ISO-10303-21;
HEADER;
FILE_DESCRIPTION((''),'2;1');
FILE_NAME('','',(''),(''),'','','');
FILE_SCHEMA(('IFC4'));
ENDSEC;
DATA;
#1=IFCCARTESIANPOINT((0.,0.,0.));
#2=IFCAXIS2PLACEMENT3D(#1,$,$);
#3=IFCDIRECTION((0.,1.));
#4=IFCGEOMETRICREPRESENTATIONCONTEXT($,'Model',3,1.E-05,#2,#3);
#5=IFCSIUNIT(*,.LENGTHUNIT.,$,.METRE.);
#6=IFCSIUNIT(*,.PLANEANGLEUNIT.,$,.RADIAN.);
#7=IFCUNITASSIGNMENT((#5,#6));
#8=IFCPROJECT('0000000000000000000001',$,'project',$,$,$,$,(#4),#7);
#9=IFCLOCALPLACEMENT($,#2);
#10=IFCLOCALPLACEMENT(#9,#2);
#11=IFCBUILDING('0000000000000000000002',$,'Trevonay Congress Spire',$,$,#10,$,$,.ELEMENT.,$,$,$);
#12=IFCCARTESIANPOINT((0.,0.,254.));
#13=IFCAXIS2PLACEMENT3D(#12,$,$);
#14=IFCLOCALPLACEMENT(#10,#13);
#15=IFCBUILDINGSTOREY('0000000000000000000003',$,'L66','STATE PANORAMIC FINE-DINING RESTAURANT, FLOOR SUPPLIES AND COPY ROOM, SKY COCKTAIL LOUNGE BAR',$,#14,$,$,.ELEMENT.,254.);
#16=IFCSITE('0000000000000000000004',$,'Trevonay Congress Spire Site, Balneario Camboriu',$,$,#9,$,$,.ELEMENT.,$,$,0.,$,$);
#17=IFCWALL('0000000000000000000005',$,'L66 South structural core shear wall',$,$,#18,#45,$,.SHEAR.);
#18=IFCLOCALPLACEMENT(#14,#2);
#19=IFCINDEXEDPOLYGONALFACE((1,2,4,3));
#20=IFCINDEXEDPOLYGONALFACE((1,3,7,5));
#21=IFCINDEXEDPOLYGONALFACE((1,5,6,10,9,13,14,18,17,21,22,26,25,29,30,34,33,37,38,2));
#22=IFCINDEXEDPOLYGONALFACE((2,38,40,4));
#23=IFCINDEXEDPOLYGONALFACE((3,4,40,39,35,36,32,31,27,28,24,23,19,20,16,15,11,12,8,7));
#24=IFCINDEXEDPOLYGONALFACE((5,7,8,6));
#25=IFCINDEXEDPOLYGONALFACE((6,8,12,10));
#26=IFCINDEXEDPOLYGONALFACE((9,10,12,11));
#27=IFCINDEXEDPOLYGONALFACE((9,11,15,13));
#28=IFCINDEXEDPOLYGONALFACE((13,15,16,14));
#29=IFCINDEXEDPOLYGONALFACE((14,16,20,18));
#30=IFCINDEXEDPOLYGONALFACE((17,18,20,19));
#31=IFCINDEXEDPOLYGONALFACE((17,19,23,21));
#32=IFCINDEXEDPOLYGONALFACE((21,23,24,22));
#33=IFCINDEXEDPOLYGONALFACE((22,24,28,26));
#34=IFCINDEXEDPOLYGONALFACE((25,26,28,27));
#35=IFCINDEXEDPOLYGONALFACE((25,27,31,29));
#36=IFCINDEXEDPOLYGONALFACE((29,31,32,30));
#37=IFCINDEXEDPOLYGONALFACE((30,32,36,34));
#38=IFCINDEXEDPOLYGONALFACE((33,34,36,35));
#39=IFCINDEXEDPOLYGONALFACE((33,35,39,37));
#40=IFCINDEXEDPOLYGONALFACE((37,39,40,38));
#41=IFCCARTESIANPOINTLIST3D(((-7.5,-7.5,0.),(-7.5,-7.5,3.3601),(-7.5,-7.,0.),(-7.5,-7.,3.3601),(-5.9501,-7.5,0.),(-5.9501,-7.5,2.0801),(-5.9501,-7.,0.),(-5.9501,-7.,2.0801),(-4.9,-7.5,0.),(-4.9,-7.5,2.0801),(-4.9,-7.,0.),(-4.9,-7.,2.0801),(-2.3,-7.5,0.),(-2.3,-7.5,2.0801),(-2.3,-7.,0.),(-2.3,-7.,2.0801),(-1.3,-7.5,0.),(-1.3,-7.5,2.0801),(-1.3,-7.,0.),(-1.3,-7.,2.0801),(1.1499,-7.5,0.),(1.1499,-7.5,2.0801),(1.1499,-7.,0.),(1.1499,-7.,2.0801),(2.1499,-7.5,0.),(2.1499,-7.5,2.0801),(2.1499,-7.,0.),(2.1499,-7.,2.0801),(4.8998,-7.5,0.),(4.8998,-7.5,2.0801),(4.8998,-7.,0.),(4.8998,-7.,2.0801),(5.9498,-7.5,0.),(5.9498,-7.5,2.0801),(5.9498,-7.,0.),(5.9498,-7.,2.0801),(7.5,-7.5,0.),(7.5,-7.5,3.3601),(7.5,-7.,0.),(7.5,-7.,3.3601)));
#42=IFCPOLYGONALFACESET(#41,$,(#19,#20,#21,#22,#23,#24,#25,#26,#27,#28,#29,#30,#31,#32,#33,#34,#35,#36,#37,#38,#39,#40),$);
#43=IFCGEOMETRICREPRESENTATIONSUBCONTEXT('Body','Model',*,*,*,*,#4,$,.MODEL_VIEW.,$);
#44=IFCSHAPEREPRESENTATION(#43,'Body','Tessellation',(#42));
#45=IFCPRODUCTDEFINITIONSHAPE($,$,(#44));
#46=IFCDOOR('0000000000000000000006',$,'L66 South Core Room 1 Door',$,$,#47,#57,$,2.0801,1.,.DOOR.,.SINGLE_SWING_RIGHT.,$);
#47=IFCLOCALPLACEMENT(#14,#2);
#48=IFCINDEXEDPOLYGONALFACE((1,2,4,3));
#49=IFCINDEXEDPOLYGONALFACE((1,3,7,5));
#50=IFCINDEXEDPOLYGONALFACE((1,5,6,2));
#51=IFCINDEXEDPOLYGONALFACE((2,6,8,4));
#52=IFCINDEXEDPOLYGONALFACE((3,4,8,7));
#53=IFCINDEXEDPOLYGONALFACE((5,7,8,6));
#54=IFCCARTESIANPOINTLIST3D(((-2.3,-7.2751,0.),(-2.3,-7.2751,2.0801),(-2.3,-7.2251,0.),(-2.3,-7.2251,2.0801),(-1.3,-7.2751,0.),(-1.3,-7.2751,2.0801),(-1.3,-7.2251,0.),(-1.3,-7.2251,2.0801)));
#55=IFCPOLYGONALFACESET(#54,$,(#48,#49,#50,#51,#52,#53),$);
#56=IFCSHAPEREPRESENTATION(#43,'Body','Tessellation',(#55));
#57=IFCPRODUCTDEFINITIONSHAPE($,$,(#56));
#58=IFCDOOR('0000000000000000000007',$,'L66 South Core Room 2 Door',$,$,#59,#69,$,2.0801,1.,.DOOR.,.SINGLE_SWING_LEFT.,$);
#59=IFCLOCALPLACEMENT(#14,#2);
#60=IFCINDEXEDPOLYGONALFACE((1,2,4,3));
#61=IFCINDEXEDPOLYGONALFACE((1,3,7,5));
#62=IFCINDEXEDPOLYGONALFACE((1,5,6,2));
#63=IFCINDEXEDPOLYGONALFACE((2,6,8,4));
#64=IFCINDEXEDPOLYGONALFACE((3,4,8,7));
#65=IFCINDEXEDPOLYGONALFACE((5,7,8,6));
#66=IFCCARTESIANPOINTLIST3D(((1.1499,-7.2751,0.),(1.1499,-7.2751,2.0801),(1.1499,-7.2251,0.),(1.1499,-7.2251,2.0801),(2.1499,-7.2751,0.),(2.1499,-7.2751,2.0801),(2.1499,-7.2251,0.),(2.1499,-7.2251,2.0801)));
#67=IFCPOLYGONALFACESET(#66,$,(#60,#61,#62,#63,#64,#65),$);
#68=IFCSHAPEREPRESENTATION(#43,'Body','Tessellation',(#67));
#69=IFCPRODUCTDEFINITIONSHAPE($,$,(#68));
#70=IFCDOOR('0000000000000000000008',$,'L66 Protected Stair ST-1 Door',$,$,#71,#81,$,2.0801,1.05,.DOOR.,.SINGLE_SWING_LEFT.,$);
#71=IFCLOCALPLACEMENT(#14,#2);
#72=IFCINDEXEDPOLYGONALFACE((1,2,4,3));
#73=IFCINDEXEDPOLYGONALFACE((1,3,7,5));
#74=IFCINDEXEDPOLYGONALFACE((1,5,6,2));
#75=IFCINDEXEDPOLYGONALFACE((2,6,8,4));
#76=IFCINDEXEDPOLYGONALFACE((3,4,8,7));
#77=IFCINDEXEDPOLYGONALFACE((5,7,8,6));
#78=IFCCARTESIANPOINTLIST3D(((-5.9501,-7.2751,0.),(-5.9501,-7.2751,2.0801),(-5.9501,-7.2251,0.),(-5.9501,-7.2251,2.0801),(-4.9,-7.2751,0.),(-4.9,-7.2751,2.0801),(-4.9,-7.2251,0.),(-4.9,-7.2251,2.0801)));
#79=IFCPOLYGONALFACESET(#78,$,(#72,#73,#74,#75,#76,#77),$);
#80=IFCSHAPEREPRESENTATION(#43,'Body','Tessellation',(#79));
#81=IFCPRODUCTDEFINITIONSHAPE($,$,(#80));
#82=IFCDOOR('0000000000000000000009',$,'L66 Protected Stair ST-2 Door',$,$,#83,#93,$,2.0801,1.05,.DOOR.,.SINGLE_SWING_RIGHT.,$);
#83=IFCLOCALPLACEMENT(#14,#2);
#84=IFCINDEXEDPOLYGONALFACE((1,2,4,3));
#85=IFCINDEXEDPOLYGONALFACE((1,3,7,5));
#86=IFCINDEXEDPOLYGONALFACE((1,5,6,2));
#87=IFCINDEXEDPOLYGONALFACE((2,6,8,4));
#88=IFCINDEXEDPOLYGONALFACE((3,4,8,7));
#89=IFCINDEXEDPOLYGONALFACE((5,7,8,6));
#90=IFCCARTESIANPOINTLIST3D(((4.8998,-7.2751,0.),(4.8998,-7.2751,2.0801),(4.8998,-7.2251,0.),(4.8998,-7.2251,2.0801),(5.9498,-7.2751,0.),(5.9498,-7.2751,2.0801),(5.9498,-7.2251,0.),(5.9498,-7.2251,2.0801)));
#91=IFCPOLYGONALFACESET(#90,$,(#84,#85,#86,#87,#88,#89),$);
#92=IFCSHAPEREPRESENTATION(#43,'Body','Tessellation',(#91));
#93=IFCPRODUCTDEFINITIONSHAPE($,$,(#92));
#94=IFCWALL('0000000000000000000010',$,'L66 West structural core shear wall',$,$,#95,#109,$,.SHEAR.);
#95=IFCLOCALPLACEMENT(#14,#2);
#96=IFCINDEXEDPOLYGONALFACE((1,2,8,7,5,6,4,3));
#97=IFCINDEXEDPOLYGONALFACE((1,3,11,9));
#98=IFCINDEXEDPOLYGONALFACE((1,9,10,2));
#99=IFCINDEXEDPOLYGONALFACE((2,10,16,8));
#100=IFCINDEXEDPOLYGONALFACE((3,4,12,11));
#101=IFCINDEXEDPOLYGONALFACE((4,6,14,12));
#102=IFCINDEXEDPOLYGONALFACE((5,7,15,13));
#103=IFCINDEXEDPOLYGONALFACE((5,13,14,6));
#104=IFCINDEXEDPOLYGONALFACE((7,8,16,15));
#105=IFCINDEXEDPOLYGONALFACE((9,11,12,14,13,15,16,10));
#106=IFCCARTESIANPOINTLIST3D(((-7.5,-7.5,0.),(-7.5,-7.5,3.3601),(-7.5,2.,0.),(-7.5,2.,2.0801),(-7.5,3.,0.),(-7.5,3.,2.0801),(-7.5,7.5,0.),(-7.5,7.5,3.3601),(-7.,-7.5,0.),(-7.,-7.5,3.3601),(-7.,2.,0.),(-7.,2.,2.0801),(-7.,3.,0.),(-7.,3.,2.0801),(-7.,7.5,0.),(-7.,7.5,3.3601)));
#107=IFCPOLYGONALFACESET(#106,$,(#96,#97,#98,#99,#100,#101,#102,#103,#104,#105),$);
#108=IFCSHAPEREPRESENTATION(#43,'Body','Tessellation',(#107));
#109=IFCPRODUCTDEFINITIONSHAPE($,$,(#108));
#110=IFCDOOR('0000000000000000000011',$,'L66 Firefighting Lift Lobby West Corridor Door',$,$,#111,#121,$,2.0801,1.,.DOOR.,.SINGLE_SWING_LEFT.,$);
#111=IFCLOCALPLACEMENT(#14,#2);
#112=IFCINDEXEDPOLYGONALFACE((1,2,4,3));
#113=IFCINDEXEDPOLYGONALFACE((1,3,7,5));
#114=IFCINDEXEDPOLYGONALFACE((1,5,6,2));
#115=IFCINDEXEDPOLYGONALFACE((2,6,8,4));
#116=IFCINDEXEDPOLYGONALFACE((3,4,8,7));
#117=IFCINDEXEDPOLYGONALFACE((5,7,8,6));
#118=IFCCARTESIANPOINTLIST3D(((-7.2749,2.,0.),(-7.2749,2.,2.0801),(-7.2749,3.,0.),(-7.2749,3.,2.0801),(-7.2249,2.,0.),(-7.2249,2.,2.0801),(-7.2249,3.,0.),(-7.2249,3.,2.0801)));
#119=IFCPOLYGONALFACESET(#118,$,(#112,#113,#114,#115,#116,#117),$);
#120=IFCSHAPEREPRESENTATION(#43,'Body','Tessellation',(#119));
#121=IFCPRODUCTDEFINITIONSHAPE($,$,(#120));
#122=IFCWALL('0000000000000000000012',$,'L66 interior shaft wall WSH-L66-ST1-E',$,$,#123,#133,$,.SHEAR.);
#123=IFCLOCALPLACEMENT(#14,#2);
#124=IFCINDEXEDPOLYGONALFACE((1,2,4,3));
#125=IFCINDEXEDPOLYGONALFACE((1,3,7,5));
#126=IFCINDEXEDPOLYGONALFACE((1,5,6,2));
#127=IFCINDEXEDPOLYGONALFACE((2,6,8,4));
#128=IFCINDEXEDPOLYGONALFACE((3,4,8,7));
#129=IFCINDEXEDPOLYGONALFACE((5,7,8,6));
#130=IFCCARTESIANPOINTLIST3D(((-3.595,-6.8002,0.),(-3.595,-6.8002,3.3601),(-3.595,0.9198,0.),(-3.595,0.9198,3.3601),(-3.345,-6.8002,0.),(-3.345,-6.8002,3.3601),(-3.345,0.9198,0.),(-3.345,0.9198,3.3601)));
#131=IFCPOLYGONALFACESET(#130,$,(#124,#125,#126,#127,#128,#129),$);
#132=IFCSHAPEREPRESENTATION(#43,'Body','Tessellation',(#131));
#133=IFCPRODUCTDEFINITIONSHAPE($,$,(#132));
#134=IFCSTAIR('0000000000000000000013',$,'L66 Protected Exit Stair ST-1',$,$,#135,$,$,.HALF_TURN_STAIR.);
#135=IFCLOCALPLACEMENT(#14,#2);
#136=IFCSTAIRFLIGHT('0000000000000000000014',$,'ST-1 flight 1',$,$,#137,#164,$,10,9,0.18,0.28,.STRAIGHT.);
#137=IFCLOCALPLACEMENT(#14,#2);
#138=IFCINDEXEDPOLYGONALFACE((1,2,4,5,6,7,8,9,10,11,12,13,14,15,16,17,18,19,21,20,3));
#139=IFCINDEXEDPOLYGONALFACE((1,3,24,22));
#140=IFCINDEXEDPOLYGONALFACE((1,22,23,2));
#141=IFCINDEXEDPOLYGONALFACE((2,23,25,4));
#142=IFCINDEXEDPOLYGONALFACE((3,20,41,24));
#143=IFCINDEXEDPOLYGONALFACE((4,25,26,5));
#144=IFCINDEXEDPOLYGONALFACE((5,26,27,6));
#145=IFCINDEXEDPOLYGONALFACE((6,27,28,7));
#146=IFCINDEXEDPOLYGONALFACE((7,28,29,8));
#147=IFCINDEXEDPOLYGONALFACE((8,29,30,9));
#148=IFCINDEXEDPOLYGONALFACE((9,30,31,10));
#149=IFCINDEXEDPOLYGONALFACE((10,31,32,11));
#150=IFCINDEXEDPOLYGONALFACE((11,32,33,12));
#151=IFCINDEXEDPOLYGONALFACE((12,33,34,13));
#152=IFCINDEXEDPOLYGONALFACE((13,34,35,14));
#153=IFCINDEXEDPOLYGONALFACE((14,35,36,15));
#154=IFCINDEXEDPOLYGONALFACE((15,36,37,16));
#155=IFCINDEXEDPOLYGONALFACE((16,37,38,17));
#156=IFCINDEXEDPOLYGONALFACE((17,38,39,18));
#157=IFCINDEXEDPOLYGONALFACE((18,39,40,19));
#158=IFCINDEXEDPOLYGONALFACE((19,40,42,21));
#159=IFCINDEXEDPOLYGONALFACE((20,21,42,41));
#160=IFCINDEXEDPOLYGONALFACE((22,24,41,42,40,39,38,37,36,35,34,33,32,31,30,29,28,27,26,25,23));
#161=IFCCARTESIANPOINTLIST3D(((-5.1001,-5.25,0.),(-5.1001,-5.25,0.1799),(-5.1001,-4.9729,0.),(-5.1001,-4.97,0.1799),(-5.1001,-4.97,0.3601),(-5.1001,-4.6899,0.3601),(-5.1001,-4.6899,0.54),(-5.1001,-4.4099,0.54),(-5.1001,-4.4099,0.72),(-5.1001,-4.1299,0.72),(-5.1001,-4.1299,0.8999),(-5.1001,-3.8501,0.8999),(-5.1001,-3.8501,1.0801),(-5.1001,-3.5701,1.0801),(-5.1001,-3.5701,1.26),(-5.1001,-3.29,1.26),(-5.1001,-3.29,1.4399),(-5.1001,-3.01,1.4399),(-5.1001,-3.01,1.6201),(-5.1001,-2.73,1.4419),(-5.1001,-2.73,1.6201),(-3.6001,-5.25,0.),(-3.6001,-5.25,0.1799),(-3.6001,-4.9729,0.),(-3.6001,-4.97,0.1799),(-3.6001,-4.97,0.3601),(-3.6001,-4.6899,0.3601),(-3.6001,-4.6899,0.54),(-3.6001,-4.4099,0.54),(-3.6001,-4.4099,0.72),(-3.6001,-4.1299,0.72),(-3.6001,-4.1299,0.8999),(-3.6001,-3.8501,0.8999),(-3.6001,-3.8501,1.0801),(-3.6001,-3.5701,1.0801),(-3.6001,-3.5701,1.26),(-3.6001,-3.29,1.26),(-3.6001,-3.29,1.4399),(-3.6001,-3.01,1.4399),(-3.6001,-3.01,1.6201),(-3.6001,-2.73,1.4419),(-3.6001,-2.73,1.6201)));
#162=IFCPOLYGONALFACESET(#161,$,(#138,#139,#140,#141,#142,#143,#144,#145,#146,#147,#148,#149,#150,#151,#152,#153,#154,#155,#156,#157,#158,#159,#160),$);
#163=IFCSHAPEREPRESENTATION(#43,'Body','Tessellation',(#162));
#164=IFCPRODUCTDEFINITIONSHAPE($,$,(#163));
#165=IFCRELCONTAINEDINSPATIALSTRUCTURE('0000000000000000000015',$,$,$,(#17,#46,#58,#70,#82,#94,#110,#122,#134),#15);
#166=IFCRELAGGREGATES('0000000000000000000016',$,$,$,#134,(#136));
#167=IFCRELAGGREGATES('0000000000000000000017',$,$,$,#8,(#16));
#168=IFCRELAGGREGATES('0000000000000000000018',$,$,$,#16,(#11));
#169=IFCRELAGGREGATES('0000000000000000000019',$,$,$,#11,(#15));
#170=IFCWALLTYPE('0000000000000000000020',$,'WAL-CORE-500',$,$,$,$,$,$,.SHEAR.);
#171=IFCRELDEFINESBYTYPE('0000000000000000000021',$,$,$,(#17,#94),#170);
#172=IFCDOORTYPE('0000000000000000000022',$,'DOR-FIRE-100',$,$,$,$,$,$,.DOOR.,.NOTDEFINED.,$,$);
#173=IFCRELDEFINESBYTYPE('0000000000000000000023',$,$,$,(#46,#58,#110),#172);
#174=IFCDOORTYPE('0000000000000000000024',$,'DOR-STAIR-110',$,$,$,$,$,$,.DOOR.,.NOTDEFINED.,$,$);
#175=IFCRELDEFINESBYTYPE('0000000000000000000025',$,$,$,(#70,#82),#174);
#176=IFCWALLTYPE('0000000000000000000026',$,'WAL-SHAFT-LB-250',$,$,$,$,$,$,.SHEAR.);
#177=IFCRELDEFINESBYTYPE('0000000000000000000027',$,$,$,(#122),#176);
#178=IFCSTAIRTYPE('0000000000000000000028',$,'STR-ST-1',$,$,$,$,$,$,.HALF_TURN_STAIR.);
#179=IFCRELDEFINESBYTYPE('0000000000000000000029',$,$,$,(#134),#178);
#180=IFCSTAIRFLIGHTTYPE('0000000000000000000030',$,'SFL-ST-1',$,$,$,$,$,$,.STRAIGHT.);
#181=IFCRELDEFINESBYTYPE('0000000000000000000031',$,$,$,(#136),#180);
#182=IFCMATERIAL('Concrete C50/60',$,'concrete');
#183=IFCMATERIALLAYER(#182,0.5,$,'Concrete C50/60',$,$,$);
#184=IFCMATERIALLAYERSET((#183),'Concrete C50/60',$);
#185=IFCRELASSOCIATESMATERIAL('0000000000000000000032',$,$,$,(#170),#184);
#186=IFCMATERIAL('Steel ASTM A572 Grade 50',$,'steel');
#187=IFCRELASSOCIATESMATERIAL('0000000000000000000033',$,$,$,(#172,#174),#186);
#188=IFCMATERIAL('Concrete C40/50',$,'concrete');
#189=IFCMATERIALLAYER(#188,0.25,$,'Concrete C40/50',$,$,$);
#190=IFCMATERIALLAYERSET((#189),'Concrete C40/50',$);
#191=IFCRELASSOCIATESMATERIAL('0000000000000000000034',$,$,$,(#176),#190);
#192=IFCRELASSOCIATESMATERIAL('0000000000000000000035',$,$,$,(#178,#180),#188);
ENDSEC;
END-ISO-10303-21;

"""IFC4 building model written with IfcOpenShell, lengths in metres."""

from ifc_helpers import new_model, si_unit, direction, frame, frame_2d, origin, place, context, subcontext, project, spatial, polyline, rectangle, outline, extrude, material, layer, layer_set, type_object, element, fill, aggregate, save


model = new_model("IFC4")

# Units and contexts
model_context = context("Model", 3, precision=1e-05, world=origin(), true_north=direction((0.0, 1.0)))
body_context = subcontext(model_context, "Body", "Model", "MODEL_VIEW")
ifc_project = project(units=[si_unit("LENGTHUNIT", "METRE"), si_unit("PLANEANGLEUNIT", "RADIAN")], contexts=[model_context])

# Site, building, storey
site_placement = place(None, origin())
site = spatial("IfcSite", under=ifc_project, at=site_placement, Name="Trevonay Congress Spire Site, Balneario Camboriu", CompositionType="ELEMENT", RefElevation=0.0)
building_placement = place(site_placement, origin())
building = spatial("IfcBuilding", under=site, at=building_placement, Name="Trevonay Congress Spire", CompositionType="ELEMENT")
storey_placement = place(building_placement, frame((0.0, 0.0, 254.0)))
storey = spatial("IfcBuildingStorey", under=building, at=storey_placement, Name="L66", Description="STATE PANORAMIC FINE-DINING RESTAURANT, FLOOR SUPPLIES AND COPY ROOM, SKY COCKTAIL LOUNGE BAR", CompositionType="ELEMENT", Elevation=254.0)

# Shared definitions
ifc_material_1 = material(Name="Steel ASTM A572 Grade 50", Category="steel")

# Wall, openings, doors
ifc_material_2 = material(Name="Concrete C50/60", Category="concrete")
ifc_layer_1 = layer(ifc_material_2, 0.5, Name="Concrete C50/60")
ifc_layer_set_1 = layer_set([ifc_layer_1], Name="Concrete C50/60")
wall_type_1 = type_object("IfcWallType", Name="WAL-CORE-500", PredefinedType="SHEAR", material=ifc_layer_set_1)
wall_1_placement = place(storey_placement, frame((-7.5, -7.25, 0.0), z_axis=(0.0, 0.0, 1.0), x_axis=(1.0, 0.0, 0.0)))
wall_1 = element("IfcWall", 1, at=wall_1_placement, inside=storey, type_object=wall_type_1, Name="L66 South structural core shear wall", PredefinedType="SHEAR", context=body_context, shape_type="SweptSolid", body=[
    extrude(rectangle(XDim=15.0, YDim=0.5, at=frame_2d((7.5, 0.0))), origin(), (0.0, 0.0, 1.0), 3.3601),
])
opening_1_placement = place(wall_1_placement, frame((1.55, 0.0, 0.0)))
opening_1 = element("IfcOpeningElement", 2, at=opening_1_placement, cuts=wall_1, PredefinedType="OPENING", context=body_context, shape_type="SweptSolid", body=[
    extrude(rectangle(XDim=1.05, YDim=2.0801, at=frame_2d((0.5249, 1.04))), frame((0.0, 0.26, 0.0), z_axis=(0.0, -1.0, 0.0), x_axis=(1.0, 0.0, 0.0)), (0.0, 0.0, 1.0), 0.52),
])
opening_2_placement = place(wall_1_placement, frame((12.3999, 0.0, 0.0)))
opening_2 = element("IfcOpeningElement", 3, at=opening_2_placement, cuts=wall_1, PredefinedType="OPENING", context=body_context, shape_type="SweptSolid", body=[
    extrude(rectangle(XDim=1.05, YDim=2.0801, at=frame_2d((0.5249, 1.04))), frame((0.0, 0.26, 0.0), z_axis=(0.0, -1.0, 0.0), x_axis=(1.0, 0.0, 0.0)), (0.0, 0.0, 1.0), 0.52),
])
opening_3_placement = place(wall_1_placement, frame((5.2, 0.0, 0.0)))
opening_3 = element("IfcOpeningElement", 4, at=opening_3_placement, cuts=wall_1, PredefinedType="OPENING", context=body_context, shape_type="SweptSolid", body=[
    extrude(rectangle(XDim=1.0, YDim=2.0801, at=frame_2d((0.5, 1.04))), frame((0.0, 0.26, 0.0), z_axis=(0.0, -1.0, 0.0), x_axis=(1.0, 0.0, 0.0)), (0.0, 0.0, 1.0), 0.52),
])
opening_4_placement = place(wall_1_placement, frame((8.6499, 0.0, 0.0)))
opening_4 = element("IfcOpeningElement", 5, at=opening_4_placement, cuts=wall_1, PredefinedType="OPENING", context=body_context, shape_type="SweptSolid", body=[
    extrude(rectangle(XDim=1.0, YDim=2.0801, at=frame_2d((0.5, 1.04))), frame((0.0, 0.26, 0.0), z_axis=(0.0, -1.0, 0.0), x_axis=(1.0, 0.0, 0.0)), (0.0, 0.0, 1.0), 0.52),
])
door_type_1 = type_object("IfcDoorType", Name="DOR-FIRE-100", OperationType="NOTDEFINED", PredefinedType="DOOR", material=ifc_material_1)
door_1_placement = place(opening_3_placement, origin())
door_1 = element("IfcDoor", 6, at=door_1_placement, inside=storey, type_object=door_type_1, Name="L66 South Core Room 1 Door", OperationType="SINGLE_SWING_RIGHT", OverallHeight=2.0801, OverallWidth=1.0, PredefinedType="DOOR", context=body_context, shape_type="SweptSolid", body=[
    extrude(rectangle(XDim=1.0, YDim=2.0801, at=frame_2d((0.5, 1.04))), frame((0.0, 0.0249, 0.0), z_axis=(0.0, -1.0, 0.0), x_axis=(1.0, 0.0, 0.0)), (0.0, 0.0, 1.0), 0.05),
])
fill(opening_3, door_1)
door_2_placement = place(opening_4_placement, origin())
door_2 = element("IfcDoor", 7, at=door_2_placement, inside=storey, type_object=door_type_1, Name="L66 South Core Room 2 Door", OperationType="SINGLE_SWING_LEFT", OverallHeight=2.0801, OverallWidth=1.0, PredefinedType="DOOR", context=body_context, shape_type="SweptSolid", body=[
    extrude(rectangle(XDim=1.0, YDim=2.0801, at=frame_2d((0.5, 1.04))), frame((0.0, 0.0249, 0.0), z_axis=(0.0, -1.0, 0.0), x_axis=(1.0, 0.0, 0.0)), (0.0, 0.0, 1.0), 0.05),
])
fill(opening_4, door_2)
door_type_2 = type_object("IfcDoorType", Name="DOR-STAIR-110", OperationType="NOTDEFINED", PredefinedType="DOOR", material=ifc_material_1)
door_3_placement = place(opening_1_placement, origin())
door_3 = element("IfcDoor", 8, at=door_3_placement, inside=storey, type_object=door_type_2, Name="L66 Protected Stair ST-1 Door", OperationType="SINGLE_SWING_LEFT", OverallHeight=2.0801, OverallWidth=1.05, PredefinedType="DOOR", context=body_context, shape_type="SweptSolid", body=[
    extrude(rectangle(XDim=1.05, YDim=2.0801, at=frame_2d((0.5249, 1.04))), frame((0.0, 0.0249, 0.0), z_axis=(0.0, -1.0, 0.0), x_axis=(1.0, 0.0, 0.0)), (0.0, 0.0, 1.0), 0.05),
])
fill(opening_1, door_3)
door_4_placement = place(opening_2_placement, origin())
door_4 = element("IfcDoor", 9, at=door_4_placement, inside=storey, type_object=door_type_2, Name="L66 Protected Stair ST-2 Door", OperationType="SINGLE_SWING_RIGHT", OverallHeight=2.0801, OverallWidth=1.05, PredefinedType="DOOR", context=body_context, shape_type="SweptSolid", body=[
    extrude(rectangle(XDim=1.05, YDim=2.0801, at=frame_2d((0.5249, 1.04))), frame((0.0, 0.0249, 0.0), z_axis=(0.0, -1.0, 0.0), x_axis=(1.0, 0.0, 0.0)), (0.0, 0.0, 1.0), 0.05),
])
fill(opening_2, door_4)

# Wall, opening, door
wall_2_placement = place(storey_placement, frame((-7.25, -7.5, 0.0), z_axis=(0.0, 0.0, 1.0), x_axis=(0.0, 1.0, 0.0)))
wall_2 = element("IfcWall", 10, at=wall_2_placement, inside=storey, type_object=wall_type_1, Name="L66 West structural core shear wall", PredefinedType="SHEAR", context=body_context, shape_type="SweptSolid", body=[
    extrude(rectangle(XDim=15.0, YDim=0.5, at=frame_2d((7.5, 0.0))), origin(), (0.0, 0.0, 1.0), 3.3601),
])
opening_5_placement = place(wall_2_placement, frame((9.5, 0.0, 0.0)))
opening_5 = element("IfcOpeningElement", 11, at=opening_5_placement, cuts=wall_2, PredefinedType="OPENING", context=body_context, shape_type="SweptSolid", body=[
    extrude(rectangle(XDim=1.0, YDim=2.0801, at=frame_2d((0.5, 1.04))), frame((0.0, 0.26, 0.0), z_axis=(0.0, -1.0, 0.0), x_axis=(1.0, 0.0, 0.0)), (0.0, 0.0, 1.0), 0.52),
])
door_5_placement = place(opening_5_placement, origin())
door_5 = element("IfcDoor", 12, at=door_5_placement, inside=storey, type_object=door_type_1, Name="L66 Firefighting Lift Lobby West Corridor Door", OperationType="SINGLE_SWING_LEFT", OverallHeight=2.0801, OverallWidth=1.0, PredefinedType="DOOR", context=body_context, shape_type="SweptSolid", body=[
    extrude(rectangle(XDim=1.0, YDim=2.0801, at=frame_2d((0.5, 1.04))), frame((0.0, 0.0249, 0.0), z_axis=(0.0, -1.0, 0.0), x_axis=(1.0, 0.0, 0.0)), (0.0, 0.0, 1.0), 0.05),
])
fill(opening_5, door_5)

# Wall
ifc_material_3 = material(Name="Concrete C40/50", Category="concrete")
ifc_layer_2 = layer(ifc_material_3, 0.25, Name="Concrete C40/50")
ifc_layer_set_2 = layer_set([ifc_layer_2], Name="Concrete C40/50")
wall_type_2 = type_object("IfcWallType", Name="WAL-SHAFT-LB-250", PredefinedType="SHEAR", material=ifc_layer_set_2)
wall_3_placement = place(storey_placement, frame((-3.47, -6.8, 0.0), z_axis=(0.0, 0.0, 1.0), x_axis=(0.0, 1.0, 0.0)))
element("IfcWall", 13, at=wall_3_placement, inside=storey, type_object=wall_type_2, Name="L66 interior shaft wall WSH-L66-ST1-E", PredefinedType="SHEAR", context=body_context, shape_type="SweptSolid", body=[
    extrude(rectangle(XDim=7.72, YDim=0.25, at=frame_2d((3.8599, 0.0))), origin(), (0.0, 0.0, 1.0), 3.3601),
])

# Stair, stair flight
stair_type = type_object("IfcStairType", Name="STR-ST-1", PredefinedType="HALF_TURN_STAIR", material=ifc_material_3)
stair_placement = place(storey_placement, origin())
stair = element("IfcStair", 14, at=stair_placement, inside=storey, type_object=stair_type, Name="L66 Protected Exit Stair ST-1", PredefinedType="HALF_TURN_STAIR")
stair_flight_type = type_object("IfcStairFlightType", Name="SFL-ST-1", PredefinedType="STRAIGHT", material=ifc_material_3)
stair_flight_1_placement = place(storey_placement, frame((-4.3501, -5.25, 0.0), z_axis=(0.0, 0.0, 1.0), x_axis=(0.0, 1.0, 0.0)))
stair_flight_1 = element("IfcStairFlight", 15, at=stair_flight_1_placement, type_object=stair_flight_type, Name="ST-1 flight 1", NumberOfRisers=10, NumberOfTreads=9, PredefinedType="STRAIGHT", RiserHeight=0.18, TreadLength=0.28, context=body_context, shape_type="SweptSolid", body=[
    extrude(outline(polyline([(0.0, 0.0), (0.0, 0.1799), (0.28, 0.1799), (0.28, 0.3601), (0.5601, 0.3601), (0.5601, 0.54), (0.8401, 0.54), (0.8401, 0.72), (1.1201, 0.72), (1.1201, 0.8999), (1.3999, 0.8999), (1.3999, 1.0801), (1.6799, 1.0801), (1.6799, 1.26), (1.96, 1.26), (1.96, 1.4399), (2.24, 1.4399), (2.24, 1.6201), (2.52, 1.6201), (2.52, 1.8), (2.52, 1.4419), (0.2771, 0.0), (0.0, 0.0)])), frame((0.0, 0.75, 0.0), z_axis=(0.0, -1.0, 0.0), x_axis=(1.0, 0.0, 0.0)), (0.0, 0.0, 1.0), 1.5),
])
aggregate(stair, [stair_flight_1])

save(model, "model.ifc")
